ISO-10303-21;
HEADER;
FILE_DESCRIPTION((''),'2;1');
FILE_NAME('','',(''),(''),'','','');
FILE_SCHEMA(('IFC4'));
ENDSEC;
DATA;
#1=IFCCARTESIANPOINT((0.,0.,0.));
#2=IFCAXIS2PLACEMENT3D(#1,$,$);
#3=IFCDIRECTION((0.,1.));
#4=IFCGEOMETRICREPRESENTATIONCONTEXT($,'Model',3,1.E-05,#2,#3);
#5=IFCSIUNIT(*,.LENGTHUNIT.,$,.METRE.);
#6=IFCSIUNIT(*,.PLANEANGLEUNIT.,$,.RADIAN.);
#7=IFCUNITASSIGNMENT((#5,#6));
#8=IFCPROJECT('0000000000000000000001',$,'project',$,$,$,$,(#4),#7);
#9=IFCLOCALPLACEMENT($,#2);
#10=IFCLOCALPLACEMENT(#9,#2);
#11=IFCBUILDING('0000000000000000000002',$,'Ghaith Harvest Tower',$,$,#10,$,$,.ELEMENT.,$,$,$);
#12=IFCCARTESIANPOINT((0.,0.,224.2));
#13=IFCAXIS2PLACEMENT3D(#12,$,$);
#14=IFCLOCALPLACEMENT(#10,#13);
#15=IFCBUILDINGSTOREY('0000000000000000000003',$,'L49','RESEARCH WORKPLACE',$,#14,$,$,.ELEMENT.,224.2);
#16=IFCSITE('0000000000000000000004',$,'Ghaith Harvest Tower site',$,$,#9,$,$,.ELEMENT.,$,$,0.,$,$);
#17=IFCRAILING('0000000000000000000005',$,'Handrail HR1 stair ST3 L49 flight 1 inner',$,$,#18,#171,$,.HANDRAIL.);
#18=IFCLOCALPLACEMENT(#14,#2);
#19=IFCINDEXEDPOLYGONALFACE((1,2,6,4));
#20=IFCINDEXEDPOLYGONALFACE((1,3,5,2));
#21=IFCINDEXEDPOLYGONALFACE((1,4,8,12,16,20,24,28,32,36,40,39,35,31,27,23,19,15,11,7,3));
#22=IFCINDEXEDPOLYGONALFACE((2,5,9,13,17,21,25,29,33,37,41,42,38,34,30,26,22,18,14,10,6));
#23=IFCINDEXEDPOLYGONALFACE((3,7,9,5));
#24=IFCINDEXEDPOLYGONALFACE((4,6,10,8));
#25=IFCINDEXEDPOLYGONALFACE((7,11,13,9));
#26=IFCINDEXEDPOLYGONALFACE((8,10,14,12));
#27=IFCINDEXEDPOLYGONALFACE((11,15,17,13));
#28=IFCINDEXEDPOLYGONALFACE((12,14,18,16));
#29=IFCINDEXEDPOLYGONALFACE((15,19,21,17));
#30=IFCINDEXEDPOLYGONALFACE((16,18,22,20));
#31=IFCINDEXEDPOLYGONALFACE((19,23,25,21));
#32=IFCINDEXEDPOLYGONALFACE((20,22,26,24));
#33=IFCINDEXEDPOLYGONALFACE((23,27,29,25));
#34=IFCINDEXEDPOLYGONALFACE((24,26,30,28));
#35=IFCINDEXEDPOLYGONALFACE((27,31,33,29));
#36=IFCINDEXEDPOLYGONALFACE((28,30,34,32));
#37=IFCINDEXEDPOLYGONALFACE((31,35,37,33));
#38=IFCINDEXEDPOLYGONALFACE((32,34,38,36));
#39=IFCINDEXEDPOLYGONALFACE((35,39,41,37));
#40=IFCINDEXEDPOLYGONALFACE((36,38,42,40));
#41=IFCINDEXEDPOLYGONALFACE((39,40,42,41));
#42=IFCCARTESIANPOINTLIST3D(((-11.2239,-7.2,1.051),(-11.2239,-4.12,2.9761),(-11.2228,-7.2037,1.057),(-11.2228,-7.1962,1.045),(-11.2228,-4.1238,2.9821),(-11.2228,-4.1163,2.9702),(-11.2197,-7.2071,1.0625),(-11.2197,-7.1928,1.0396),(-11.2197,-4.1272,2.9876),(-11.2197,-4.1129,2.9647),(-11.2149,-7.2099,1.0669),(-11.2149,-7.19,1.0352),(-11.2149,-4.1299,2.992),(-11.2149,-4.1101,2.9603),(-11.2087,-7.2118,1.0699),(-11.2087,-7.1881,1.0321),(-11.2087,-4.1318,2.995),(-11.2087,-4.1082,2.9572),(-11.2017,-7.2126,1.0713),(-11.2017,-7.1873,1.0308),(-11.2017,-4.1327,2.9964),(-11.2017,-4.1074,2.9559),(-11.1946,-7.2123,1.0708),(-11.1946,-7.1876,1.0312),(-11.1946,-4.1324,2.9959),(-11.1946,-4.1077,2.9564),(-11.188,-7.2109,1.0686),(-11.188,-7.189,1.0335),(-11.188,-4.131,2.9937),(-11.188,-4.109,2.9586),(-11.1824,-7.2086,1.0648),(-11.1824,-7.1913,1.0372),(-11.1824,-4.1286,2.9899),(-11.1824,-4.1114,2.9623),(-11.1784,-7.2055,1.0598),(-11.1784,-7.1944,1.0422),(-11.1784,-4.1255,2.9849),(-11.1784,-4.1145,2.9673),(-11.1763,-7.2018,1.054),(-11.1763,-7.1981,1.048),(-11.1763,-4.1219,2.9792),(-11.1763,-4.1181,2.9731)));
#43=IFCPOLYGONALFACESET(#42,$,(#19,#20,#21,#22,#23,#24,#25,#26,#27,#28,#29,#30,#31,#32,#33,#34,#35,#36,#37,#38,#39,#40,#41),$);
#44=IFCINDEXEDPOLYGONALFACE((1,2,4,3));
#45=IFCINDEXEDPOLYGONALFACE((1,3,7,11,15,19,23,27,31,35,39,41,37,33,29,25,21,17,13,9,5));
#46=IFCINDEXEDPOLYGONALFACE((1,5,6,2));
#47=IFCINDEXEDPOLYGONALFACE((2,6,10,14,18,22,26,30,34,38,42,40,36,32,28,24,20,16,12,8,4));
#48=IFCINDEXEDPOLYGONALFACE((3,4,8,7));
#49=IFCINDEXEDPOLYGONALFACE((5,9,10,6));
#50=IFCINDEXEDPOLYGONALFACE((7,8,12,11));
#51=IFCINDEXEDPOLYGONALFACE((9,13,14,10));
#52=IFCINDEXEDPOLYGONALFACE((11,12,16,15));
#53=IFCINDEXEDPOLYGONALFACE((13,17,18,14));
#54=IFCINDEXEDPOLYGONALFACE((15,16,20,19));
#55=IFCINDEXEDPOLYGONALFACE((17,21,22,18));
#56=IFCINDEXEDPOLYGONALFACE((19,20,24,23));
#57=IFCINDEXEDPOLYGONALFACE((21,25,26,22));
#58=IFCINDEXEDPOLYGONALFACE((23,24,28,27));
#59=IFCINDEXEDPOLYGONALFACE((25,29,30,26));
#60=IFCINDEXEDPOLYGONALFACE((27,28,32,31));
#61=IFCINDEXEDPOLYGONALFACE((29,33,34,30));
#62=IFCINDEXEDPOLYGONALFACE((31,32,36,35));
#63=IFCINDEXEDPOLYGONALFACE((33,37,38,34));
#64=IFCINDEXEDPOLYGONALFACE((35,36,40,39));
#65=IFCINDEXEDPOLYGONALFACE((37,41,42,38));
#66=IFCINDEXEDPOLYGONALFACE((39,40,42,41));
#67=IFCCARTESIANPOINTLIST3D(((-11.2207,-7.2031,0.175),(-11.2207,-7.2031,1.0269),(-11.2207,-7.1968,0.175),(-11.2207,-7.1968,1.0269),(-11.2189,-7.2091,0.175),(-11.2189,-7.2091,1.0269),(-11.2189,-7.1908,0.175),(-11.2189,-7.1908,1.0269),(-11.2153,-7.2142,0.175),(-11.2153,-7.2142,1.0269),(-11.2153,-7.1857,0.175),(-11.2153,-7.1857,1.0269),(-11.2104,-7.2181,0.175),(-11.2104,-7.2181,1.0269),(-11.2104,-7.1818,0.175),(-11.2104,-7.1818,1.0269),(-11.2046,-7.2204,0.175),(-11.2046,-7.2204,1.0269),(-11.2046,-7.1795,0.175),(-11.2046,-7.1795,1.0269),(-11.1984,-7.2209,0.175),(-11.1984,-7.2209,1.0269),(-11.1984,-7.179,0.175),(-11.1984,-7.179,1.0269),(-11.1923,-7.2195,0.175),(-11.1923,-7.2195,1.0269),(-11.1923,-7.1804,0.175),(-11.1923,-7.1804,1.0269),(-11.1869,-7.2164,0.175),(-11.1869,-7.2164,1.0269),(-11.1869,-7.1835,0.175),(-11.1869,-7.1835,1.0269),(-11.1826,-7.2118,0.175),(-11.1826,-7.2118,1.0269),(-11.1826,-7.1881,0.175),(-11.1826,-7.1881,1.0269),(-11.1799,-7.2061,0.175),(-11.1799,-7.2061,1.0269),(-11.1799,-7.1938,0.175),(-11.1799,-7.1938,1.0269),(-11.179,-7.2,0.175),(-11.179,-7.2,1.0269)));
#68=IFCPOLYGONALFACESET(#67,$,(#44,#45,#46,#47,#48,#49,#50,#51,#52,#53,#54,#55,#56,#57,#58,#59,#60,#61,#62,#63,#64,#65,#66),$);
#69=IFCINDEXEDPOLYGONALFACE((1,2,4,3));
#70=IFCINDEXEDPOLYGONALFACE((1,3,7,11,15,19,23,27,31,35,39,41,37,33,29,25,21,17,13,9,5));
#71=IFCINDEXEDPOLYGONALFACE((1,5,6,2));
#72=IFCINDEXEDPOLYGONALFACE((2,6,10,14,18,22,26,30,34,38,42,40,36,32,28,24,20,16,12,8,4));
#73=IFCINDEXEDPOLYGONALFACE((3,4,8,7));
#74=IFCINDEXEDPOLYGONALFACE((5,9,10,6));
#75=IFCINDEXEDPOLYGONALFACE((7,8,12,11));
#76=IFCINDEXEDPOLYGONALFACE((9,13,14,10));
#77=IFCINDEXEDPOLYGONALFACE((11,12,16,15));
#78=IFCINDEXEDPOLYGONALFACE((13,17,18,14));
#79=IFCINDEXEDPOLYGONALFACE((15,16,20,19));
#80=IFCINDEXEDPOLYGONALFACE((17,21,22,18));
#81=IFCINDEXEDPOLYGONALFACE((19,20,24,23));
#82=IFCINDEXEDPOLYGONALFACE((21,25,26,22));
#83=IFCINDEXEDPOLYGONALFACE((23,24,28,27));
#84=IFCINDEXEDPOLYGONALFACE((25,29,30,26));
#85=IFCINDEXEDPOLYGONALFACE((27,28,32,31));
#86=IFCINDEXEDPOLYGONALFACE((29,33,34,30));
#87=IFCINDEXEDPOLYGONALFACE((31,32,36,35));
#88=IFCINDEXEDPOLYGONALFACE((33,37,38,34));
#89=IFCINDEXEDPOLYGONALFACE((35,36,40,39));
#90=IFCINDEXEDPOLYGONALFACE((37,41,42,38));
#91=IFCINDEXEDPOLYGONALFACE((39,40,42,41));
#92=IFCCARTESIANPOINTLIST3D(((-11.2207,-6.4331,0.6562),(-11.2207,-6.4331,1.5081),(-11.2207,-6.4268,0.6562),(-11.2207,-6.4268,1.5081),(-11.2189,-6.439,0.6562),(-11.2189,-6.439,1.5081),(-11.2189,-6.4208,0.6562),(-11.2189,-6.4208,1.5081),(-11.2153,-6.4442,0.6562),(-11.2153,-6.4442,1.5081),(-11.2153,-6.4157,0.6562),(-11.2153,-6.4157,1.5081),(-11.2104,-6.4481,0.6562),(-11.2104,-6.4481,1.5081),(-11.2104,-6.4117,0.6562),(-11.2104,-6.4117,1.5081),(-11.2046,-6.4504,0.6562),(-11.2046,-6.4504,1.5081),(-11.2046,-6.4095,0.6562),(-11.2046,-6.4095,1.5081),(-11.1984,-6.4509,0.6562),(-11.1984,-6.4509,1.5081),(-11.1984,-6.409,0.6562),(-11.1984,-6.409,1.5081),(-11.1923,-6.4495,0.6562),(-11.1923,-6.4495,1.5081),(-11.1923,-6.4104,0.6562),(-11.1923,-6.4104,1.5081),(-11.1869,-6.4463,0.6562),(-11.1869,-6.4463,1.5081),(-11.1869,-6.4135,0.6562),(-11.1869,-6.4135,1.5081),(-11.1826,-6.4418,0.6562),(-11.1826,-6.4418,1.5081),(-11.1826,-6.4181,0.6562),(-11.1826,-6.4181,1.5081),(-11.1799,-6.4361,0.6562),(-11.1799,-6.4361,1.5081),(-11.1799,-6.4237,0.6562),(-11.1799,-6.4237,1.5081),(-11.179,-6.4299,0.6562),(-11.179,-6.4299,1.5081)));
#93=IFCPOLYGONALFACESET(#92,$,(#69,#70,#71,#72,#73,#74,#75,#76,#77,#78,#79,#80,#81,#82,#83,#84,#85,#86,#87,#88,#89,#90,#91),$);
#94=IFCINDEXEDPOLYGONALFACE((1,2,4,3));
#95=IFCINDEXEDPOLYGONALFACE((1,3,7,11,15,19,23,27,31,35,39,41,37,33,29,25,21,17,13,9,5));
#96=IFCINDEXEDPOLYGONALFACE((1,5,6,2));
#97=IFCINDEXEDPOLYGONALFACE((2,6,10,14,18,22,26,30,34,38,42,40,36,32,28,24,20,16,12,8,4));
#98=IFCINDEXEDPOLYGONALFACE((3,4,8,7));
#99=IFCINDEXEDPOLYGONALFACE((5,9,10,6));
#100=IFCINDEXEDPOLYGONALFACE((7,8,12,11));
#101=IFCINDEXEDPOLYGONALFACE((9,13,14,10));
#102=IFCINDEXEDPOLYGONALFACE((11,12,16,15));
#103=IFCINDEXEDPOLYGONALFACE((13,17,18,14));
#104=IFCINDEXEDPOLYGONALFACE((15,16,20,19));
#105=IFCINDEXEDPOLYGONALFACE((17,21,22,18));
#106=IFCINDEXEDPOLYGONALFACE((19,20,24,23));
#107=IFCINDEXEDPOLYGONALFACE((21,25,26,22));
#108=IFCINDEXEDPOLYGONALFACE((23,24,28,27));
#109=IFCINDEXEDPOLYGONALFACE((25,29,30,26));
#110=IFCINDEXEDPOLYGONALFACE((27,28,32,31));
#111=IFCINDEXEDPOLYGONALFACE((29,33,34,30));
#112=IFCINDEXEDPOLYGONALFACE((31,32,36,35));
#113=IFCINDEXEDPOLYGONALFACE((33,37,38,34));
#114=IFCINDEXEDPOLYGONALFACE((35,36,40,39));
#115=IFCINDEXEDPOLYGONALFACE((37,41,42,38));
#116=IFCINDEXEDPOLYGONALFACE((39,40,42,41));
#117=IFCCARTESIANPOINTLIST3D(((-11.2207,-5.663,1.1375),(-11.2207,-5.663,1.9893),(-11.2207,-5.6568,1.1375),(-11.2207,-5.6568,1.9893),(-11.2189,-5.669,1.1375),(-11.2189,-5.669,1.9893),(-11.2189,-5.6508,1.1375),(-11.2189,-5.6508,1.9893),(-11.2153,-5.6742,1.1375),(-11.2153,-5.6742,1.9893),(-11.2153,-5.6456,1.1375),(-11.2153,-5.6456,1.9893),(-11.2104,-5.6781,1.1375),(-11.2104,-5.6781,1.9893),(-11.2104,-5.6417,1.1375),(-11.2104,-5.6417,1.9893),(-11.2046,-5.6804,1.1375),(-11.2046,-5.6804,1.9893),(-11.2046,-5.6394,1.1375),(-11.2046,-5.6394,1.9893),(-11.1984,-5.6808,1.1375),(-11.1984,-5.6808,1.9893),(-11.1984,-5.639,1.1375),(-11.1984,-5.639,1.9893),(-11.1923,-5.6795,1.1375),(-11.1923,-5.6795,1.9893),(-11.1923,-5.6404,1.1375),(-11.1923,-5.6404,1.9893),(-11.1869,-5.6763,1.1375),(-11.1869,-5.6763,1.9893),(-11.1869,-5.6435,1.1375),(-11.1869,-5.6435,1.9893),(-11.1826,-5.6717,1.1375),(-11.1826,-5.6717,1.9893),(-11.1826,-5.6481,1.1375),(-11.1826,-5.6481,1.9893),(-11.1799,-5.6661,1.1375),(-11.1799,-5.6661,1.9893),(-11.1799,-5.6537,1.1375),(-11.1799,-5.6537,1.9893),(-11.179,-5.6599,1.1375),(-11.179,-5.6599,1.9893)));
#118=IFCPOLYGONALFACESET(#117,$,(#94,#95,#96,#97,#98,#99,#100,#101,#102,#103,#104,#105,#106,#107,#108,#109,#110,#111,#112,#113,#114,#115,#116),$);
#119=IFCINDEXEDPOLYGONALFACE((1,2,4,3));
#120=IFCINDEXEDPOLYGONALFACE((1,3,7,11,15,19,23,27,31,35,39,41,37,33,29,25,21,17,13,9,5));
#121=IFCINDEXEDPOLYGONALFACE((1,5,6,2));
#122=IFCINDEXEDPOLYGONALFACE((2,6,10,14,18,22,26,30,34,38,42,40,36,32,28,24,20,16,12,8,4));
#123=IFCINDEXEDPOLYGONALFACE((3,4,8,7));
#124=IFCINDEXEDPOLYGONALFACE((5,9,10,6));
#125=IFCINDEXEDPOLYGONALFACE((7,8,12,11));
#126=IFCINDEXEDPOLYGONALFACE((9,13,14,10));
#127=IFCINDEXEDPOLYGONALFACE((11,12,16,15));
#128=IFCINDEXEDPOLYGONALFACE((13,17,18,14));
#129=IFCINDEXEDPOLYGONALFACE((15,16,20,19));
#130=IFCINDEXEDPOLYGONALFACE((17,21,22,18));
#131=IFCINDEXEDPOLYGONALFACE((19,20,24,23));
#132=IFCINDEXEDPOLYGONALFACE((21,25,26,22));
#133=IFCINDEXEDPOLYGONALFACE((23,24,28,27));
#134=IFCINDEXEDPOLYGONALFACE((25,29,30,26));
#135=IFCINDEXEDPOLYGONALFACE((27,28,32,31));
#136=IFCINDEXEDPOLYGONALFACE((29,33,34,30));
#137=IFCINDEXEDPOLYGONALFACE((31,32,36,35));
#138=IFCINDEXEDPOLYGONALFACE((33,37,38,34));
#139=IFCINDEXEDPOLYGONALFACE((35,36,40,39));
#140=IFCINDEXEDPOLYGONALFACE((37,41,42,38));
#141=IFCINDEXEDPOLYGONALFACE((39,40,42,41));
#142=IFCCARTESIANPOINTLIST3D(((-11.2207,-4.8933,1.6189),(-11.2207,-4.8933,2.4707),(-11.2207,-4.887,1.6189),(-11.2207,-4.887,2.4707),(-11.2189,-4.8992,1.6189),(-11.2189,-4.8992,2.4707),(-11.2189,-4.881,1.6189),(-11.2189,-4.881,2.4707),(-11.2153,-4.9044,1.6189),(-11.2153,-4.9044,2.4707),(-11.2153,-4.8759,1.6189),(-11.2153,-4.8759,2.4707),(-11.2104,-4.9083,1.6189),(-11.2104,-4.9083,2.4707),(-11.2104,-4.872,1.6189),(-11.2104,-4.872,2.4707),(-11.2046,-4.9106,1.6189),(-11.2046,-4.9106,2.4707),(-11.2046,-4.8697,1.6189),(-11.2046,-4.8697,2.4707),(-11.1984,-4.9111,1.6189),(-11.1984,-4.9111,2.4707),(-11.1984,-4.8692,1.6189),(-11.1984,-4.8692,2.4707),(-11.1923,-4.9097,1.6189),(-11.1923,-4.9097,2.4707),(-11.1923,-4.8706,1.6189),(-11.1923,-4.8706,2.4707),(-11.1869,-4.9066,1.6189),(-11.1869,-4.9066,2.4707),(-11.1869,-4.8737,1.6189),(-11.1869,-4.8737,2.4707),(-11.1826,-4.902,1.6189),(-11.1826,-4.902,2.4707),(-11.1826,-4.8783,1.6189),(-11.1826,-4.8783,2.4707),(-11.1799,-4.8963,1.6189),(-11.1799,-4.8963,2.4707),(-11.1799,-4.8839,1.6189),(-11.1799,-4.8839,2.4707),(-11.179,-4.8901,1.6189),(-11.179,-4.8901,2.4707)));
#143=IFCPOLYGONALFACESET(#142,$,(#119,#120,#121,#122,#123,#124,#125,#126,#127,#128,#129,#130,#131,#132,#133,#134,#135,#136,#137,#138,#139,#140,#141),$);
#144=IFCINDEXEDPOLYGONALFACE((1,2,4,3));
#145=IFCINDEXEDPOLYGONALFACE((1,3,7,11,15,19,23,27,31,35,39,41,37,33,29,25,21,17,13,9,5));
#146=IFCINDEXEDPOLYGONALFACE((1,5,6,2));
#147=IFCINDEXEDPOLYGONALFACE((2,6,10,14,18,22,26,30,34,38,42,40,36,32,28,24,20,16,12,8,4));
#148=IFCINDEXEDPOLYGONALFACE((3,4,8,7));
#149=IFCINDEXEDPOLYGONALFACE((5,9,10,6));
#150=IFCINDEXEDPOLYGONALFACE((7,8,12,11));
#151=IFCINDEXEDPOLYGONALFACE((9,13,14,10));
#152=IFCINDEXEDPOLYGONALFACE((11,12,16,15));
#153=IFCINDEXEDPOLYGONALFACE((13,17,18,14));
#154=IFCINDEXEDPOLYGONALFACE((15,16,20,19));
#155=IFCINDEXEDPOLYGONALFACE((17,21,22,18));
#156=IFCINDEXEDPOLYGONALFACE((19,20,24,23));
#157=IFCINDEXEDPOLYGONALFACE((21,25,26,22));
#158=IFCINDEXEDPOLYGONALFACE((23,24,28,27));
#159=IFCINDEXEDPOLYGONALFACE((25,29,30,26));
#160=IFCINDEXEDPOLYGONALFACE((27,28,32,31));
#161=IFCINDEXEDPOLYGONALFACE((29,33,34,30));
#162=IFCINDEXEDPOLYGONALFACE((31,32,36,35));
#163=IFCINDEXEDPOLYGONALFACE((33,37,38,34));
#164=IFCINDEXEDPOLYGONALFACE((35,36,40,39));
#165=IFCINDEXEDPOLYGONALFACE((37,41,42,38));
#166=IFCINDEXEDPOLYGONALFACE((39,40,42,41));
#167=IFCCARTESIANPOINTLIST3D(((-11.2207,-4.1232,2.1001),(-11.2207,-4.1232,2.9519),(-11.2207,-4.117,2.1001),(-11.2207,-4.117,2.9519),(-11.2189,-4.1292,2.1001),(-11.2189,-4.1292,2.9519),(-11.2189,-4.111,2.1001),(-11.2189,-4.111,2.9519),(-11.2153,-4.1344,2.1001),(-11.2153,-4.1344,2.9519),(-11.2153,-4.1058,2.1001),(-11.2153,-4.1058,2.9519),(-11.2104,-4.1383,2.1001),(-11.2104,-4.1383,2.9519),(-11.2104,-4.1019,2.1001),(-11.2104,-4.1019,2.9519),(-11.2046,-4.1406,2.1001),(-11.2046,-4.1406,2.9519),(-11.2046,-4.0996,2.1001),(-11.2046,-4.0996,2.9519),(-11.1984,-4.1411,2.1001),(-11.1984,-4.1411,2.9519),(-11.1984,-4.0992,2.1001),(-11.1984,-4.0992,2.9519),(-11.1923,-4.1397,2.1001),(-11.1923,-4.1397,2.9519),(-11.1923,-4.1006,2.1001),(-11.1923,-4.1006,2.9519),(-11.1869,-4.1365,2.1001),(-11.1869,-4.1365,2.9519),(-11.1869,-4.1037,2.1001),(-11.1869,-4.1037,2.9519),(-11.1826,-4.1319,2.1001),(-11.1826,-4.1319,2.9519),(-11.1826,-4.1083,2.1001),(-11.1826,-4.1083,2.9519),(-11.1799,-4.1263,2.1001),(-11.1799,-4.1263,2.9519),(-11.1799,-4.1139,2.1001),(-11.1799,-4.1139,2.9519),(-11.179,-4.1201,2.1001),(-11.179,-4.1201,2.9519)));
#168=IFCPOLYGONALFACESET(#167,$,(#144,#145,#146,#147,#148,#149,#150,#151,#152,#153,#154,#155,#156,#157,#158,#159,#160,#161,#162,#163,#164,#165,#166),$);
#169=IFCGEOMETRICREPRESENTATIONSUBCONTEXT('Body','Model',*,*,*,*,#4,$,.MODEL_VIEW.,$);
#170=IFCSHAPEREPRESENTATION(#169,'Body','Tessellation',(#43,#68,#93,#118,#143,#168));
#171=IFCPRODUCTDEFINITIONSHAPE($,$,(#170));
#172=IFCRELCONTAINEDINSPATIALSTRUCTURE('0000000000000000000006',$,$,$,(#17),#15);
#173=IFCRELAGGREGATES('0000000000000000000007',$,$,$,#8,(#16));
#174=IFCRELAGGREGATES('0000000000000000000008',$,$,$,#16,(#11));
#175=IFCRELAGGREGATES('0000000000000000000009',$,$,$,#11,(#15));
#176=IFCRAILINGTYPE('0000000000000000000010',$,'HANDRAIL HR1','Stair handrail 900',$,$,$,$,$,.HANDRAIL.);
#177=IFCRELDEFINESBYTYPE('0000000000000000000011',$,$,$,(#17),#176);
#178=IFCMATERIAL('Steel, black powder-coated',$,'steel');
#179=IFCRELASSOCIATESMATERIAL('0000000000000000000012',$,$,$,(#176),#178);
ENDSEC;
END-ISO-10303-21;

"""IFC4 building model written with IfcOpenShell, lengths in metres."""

from ifc_helpers import new_model, si_unit, direction, frame, origin, origin_2d, place, context, subcontext, project, spatial, circle, extrude, material, type_object, element, save


model = new_model("IFC4")

# Units and contexts
model_context = context("Model", 3, precision=1e-05, world=origin(), true_north=direction((0.0, 1.0)))
body_context = subcontext(model_context, "Body", "Model", "MODEL_VIEW")
ifc_project = project(units=[si_unit("LENGTHUNIT", "METRE"), si_unit("PLANEANGLEUNIT", "RADIAN")], contexts=[model_context])

# Site, building, storey
site_placement = place(None, origin())
site = spatial("IfcSite", under=ifc_project, at=site_placement, Name="Ghaith Harvest Tower site", CompositionType="ELEMENT", RefElevation=0.0)
building_placement = place(site_placement, origin())
building = spatial("IfcBuilding", under=site, at=building_placement, Name="Ghaith Harvest Tower", CompositionType="ELEMENT")
storey_placement = place(building_placement, frame((0.0, 0.0, 224.2)))
storey = spatial("IfcBuildingStorey", under=building, at=storey_placement, Name="L49", Description="RESEARCH WORKPLACE", CompositionType="ELEMENT", Elevation=224.2)

# Railing
ifc_material_1 = material(Name="Steel, black powder-coated", Category="steel")
railing_type = type_object("IfcRailingType", Name="HANDRAIL HR1", Description="Stair handrail 900", PredefinedType="HANDRAIL", material=ifc_material_1)
railing_1_placement = place(storey_placement, frame((-11.2, -7.2, 0.175)))
element("IfcRailing", 1, at=railing_1_placement, inside=storey, type_object=railing_type, Name="Handrail HR1 stair ST3 L49 flight 1 inner", PredefinedType="HANDRAIL", context=body_context, shape_type="SweptSolid", body=[
    extrude(circle(Radius=0.0239, at=origin_2d()), frame((0.0, 0.0, 0.876), z_axis=(0.0, 0.847979, 0.530029), x_axis=(-1.0, 0.0, 0.0)), (0.0, 0.0, 1.0), 3.6321),
    extrude(circle(Radius=0.021, at=origin_2d()), origin(), (0.0, 0.0, 1.0), 0.8518),
    extrude(circle(Radius=0.021, at=origin_2d()), frame((0.0, 0.77, 0.4812)), (0.0, 0.0, 1.0), 0.8518),
    extrude(circle(Radius=0.021, at=origin_2d()), frame((0.0, 1.54, 0.9624)), (0.0, 0.0, 1.0), 0.8518),
    extrude(circle(Radius=0.021, at=origin_2d()), frame((0.0, 2.3098, 1.4438)), (0.0, 0.0, 1.0), 0.8518),
    extrude(circle(Radius=0.021, at=origin_2d()), frame((0.0, 3.0798, 1.925)), (0.0, 0.0, 1.0), 0.8518),
])

save(model, "model.ifc")
